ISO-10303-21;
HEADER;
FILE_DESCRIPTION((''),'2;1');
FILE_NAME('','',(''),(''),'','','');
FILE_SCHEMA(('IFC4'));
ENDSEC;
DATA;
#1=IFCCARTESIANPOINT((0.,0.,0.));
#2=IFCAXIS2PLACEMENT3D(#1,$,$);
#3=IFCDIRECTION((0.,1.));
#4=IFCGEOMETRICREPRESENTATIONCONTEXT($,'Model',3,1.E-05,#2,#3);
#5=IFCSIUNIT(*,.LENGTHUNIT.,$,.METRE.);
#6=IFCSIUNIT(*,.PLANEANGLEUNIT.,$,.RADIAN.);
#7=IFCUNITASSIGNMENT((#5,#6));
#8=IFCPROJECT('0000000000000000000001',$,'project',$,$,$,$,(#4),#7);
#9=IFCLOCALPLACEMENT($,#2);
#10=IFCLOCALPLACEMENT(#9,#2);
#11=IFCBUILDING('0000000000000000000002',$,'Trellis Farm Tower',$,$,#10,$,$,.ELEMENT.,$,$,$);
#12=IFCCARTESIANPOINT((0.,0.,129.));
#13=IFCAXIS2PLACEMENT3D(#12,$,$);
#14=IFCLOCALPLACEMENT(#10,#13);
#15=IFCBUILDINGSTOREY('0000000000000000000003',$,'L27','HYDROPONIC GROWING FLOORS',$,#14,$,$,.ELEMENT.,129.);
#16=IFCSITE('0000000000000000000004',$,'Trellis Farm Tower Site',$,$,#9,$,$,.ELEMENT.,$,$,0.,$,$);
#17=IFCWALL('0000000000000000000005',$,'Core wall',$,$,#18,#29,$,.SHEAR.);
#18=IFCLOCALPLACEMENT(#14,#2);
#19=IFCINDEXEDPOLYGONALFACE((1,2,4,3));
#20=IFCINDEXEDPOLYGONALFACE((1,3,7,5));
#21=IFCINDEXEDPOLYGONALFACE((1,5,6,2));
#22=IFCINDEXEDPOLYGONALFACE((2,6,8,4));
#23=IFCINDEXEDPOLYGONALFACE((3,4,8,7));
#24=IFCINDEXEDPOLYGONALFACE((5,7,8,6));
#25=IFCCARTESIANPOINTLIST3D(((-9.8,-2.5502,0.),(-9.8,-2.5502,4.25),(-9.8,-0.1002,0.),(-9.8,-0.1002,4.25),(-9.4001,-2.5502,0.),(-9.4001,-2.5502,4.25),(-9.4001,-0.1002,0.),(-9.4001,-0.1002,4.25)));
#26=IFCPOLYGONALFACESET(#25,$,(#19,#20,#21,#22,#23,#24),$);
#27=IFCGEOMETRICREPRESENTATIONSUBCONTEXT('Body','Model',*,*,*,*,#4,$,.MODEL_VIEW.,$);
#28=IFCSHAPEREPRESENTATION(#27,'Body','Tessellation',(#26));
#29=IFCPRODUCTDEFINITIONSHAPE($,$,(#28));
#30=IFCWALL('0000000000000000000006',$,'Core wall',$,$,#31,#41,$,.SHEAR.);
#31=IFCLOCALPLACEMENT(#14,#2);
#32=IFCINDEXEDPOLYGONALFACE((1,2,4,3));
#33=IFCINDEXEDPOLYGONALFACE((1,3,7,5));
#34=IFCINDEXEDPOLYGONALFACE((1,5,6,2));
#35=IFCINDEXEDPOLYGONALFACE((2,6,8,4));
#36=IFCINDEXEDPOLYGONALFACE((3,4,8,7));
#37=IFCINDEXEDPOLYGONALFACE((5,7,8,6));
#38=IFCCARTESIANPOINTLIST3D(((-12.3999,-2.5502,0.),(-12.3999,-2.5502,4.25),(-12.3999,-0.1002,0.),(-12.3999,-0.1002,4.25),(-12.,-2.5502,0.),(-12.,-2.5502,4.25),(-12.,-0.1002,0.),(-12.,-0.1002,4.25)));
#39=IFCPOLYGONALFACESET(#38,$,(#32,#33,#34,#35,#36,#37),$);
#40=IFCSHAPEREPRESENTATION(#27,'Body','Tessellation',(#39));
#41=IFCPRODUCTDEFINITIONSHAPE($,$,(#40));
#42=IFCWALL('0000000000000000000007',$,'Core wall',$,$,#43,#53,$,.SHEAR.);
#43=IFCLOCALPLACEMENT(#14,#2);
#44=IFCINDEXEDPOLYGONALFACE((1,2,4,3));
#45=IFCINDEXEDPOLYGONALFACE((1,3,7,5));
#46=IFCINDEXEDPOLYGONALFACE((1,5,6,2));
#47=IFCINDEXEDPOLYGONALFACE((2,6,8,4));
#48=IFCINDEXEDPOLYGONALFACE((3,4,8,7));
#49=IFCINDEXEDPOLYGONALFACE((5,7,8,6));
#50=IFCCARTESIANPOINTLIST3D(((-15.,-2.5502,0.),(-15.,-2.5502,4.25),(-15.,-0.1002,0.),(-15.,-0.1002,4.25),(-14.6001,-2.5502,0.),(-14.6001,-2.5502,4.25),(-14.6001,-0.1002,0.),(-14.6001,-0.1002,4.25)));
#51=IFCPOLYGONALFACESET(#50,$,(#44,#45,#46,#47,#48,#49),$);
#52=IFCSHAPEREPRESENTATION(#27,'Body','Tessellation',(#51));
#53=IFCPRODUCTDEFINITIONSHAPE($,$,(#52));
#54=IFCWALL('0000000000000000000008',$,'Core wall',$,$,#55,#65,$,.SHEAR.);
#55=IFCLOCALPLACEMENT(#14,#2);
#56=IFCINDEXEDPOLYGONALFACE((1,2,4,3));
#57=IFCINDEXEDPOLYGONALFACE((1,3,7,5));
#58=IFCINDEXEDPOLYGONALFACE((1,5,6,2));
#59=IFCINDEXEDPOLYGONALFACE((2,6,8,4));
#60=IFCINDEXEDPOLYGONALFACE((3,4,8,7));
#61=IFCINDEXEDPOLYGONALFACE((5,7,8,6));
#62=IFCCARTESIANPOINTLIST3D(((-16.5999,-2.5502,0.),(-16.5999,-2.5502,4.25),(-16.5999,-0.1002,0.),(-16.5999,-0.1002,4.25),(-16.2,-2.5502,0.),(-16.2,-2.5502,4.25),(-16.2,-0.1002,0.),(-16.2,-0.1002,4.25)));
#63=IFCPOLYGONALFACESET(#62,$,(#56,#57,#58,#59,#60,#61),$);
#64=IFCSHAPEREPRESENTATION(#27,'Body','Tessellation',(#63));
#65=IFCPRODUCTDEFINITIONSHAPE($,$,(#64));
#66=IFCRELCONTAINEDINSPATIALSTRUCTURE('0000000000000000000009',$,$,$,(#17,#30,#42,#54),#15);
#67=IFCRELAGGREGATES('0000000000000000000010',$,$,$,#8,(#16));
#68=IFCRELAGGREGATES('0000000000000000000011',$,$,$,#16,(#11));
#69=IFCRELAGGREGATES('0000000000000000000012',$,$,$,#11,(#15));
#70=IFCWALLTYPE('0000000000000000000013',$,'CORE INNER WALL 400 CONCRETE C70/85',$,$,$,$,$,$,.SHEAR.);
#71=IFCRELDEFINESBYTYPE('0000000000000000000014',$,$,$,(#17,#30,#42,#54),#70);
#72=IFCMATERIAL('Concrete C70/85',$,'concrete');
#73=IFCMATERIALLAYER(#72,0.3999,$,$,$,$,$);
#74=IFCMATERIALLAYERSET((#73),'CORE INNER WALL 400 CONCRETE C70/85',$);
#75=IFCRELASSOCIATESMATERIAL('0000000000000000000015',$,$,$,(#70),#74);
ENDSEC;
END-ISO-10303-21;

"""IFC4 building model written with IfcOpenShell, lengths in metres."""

from ifc_helpers import new_model, si_unit, direction, frame, frame_2d, origin, place, context, subcontext, project, spatial, rectangle, extrude, source, transform, mapped, material, layer, layer_set, type_object, element, save


model = new_model("IFC4")

# Units and contexts
model_context = context("Model", 3, precision=1e-05, world=origin(), true_north=direction((0.0, 1.0)))
body_context = subcontext(model_context, "Body", "Model", "MODEL_VIEW")
ifc_project = project(units=[si_unit("LENGTHUNIT", "METRE"), si_unit("PLANEANGLEUNIT", "RADIAN")], contexts=[model_context])

# Site, building, storey
site_placement = place(None, origin())
site = spatial("IfcSite", under=ifc_project, at=site_placement, Name="Trellis Farm Tower Site", CompositionType="ELEMENT", RefElevation=0.0)
building_placement = place(site_placement, origin())
building = spatial("IfcBuilding", under=site, at=building_placement, Name="Trellis Farm Tower", CompositionType="ELEMENT")
storey_placement = place(building_placement, frame((0.0, 0.0, 129.0)))
storey = spatial("IfcBuildingStorey", under=building, at=storey_placement, Name="L27", Description="HYDROPONIC GROWING FLOORS", CompositionType="ELEMENT", Elevation=129.0)

# Walls
ifc_material_1 = material(Name="Concrete C70/85", Category="concrete")
ifc_layer_1 = layer(ifc_material_1, 0.3999)
ifc_layer_set_1 = layer_set([ifc_layer_1], Name="CORE INNER WALL 400 CONCRETE C70/85")
wall_type_1 = type_object("IfcWallType", Name="CORE INNER WALL 400 CONCRETE C70/85", PredefinedType="SHEAR", material=ifc_layer_set_1)
shared_shape_1 = source(origin(), body_context, "Body", "SweptSolid", [
    extrude(rectangle(XDim=2.45, YDim=0.3999, at=frame_2d((1.2251, 0.0))), origin(), (0.0, 0.0, 1.0), 4.25),
])
for number, where, z_axis, x_axis, name in (
    (1, (-9.6001, -0.1001, 0.0), (0.0, 0.0, 1.0), (0.0, -1.0, 0.0), "Core wall"),
    (2, (-12.2, -0.1001, 0.0), (0.0, 0.0, 1.0), (0.0, -1.0, 0.0), "Core wall"),
    (3, (-14.8, -0.1001, 0.0), (0.0, 0.0, 1.0), (0.0, -1.0, 0.0), "Core wall"),
    (4, (-16.3999, -0.1001, 0.0), (0.0, 0.0, 1.0), (0.0, -1.0, 0.0), "Core wall"),
):
    element("IfcWall", number, at=place(storey_placement, frame(where, z_axis=z_axis, x_axis=x_axis)), inside=storey, type_object=wall_type_1, Name=name, PredefinedType="SHEAR", context=body_context, shape_type="MappedRepresentation", body=[
        mapped(shared_shape_1, transform((0.0, 0.0, 0.0))),
    ])

save(model, "model.ifc")
